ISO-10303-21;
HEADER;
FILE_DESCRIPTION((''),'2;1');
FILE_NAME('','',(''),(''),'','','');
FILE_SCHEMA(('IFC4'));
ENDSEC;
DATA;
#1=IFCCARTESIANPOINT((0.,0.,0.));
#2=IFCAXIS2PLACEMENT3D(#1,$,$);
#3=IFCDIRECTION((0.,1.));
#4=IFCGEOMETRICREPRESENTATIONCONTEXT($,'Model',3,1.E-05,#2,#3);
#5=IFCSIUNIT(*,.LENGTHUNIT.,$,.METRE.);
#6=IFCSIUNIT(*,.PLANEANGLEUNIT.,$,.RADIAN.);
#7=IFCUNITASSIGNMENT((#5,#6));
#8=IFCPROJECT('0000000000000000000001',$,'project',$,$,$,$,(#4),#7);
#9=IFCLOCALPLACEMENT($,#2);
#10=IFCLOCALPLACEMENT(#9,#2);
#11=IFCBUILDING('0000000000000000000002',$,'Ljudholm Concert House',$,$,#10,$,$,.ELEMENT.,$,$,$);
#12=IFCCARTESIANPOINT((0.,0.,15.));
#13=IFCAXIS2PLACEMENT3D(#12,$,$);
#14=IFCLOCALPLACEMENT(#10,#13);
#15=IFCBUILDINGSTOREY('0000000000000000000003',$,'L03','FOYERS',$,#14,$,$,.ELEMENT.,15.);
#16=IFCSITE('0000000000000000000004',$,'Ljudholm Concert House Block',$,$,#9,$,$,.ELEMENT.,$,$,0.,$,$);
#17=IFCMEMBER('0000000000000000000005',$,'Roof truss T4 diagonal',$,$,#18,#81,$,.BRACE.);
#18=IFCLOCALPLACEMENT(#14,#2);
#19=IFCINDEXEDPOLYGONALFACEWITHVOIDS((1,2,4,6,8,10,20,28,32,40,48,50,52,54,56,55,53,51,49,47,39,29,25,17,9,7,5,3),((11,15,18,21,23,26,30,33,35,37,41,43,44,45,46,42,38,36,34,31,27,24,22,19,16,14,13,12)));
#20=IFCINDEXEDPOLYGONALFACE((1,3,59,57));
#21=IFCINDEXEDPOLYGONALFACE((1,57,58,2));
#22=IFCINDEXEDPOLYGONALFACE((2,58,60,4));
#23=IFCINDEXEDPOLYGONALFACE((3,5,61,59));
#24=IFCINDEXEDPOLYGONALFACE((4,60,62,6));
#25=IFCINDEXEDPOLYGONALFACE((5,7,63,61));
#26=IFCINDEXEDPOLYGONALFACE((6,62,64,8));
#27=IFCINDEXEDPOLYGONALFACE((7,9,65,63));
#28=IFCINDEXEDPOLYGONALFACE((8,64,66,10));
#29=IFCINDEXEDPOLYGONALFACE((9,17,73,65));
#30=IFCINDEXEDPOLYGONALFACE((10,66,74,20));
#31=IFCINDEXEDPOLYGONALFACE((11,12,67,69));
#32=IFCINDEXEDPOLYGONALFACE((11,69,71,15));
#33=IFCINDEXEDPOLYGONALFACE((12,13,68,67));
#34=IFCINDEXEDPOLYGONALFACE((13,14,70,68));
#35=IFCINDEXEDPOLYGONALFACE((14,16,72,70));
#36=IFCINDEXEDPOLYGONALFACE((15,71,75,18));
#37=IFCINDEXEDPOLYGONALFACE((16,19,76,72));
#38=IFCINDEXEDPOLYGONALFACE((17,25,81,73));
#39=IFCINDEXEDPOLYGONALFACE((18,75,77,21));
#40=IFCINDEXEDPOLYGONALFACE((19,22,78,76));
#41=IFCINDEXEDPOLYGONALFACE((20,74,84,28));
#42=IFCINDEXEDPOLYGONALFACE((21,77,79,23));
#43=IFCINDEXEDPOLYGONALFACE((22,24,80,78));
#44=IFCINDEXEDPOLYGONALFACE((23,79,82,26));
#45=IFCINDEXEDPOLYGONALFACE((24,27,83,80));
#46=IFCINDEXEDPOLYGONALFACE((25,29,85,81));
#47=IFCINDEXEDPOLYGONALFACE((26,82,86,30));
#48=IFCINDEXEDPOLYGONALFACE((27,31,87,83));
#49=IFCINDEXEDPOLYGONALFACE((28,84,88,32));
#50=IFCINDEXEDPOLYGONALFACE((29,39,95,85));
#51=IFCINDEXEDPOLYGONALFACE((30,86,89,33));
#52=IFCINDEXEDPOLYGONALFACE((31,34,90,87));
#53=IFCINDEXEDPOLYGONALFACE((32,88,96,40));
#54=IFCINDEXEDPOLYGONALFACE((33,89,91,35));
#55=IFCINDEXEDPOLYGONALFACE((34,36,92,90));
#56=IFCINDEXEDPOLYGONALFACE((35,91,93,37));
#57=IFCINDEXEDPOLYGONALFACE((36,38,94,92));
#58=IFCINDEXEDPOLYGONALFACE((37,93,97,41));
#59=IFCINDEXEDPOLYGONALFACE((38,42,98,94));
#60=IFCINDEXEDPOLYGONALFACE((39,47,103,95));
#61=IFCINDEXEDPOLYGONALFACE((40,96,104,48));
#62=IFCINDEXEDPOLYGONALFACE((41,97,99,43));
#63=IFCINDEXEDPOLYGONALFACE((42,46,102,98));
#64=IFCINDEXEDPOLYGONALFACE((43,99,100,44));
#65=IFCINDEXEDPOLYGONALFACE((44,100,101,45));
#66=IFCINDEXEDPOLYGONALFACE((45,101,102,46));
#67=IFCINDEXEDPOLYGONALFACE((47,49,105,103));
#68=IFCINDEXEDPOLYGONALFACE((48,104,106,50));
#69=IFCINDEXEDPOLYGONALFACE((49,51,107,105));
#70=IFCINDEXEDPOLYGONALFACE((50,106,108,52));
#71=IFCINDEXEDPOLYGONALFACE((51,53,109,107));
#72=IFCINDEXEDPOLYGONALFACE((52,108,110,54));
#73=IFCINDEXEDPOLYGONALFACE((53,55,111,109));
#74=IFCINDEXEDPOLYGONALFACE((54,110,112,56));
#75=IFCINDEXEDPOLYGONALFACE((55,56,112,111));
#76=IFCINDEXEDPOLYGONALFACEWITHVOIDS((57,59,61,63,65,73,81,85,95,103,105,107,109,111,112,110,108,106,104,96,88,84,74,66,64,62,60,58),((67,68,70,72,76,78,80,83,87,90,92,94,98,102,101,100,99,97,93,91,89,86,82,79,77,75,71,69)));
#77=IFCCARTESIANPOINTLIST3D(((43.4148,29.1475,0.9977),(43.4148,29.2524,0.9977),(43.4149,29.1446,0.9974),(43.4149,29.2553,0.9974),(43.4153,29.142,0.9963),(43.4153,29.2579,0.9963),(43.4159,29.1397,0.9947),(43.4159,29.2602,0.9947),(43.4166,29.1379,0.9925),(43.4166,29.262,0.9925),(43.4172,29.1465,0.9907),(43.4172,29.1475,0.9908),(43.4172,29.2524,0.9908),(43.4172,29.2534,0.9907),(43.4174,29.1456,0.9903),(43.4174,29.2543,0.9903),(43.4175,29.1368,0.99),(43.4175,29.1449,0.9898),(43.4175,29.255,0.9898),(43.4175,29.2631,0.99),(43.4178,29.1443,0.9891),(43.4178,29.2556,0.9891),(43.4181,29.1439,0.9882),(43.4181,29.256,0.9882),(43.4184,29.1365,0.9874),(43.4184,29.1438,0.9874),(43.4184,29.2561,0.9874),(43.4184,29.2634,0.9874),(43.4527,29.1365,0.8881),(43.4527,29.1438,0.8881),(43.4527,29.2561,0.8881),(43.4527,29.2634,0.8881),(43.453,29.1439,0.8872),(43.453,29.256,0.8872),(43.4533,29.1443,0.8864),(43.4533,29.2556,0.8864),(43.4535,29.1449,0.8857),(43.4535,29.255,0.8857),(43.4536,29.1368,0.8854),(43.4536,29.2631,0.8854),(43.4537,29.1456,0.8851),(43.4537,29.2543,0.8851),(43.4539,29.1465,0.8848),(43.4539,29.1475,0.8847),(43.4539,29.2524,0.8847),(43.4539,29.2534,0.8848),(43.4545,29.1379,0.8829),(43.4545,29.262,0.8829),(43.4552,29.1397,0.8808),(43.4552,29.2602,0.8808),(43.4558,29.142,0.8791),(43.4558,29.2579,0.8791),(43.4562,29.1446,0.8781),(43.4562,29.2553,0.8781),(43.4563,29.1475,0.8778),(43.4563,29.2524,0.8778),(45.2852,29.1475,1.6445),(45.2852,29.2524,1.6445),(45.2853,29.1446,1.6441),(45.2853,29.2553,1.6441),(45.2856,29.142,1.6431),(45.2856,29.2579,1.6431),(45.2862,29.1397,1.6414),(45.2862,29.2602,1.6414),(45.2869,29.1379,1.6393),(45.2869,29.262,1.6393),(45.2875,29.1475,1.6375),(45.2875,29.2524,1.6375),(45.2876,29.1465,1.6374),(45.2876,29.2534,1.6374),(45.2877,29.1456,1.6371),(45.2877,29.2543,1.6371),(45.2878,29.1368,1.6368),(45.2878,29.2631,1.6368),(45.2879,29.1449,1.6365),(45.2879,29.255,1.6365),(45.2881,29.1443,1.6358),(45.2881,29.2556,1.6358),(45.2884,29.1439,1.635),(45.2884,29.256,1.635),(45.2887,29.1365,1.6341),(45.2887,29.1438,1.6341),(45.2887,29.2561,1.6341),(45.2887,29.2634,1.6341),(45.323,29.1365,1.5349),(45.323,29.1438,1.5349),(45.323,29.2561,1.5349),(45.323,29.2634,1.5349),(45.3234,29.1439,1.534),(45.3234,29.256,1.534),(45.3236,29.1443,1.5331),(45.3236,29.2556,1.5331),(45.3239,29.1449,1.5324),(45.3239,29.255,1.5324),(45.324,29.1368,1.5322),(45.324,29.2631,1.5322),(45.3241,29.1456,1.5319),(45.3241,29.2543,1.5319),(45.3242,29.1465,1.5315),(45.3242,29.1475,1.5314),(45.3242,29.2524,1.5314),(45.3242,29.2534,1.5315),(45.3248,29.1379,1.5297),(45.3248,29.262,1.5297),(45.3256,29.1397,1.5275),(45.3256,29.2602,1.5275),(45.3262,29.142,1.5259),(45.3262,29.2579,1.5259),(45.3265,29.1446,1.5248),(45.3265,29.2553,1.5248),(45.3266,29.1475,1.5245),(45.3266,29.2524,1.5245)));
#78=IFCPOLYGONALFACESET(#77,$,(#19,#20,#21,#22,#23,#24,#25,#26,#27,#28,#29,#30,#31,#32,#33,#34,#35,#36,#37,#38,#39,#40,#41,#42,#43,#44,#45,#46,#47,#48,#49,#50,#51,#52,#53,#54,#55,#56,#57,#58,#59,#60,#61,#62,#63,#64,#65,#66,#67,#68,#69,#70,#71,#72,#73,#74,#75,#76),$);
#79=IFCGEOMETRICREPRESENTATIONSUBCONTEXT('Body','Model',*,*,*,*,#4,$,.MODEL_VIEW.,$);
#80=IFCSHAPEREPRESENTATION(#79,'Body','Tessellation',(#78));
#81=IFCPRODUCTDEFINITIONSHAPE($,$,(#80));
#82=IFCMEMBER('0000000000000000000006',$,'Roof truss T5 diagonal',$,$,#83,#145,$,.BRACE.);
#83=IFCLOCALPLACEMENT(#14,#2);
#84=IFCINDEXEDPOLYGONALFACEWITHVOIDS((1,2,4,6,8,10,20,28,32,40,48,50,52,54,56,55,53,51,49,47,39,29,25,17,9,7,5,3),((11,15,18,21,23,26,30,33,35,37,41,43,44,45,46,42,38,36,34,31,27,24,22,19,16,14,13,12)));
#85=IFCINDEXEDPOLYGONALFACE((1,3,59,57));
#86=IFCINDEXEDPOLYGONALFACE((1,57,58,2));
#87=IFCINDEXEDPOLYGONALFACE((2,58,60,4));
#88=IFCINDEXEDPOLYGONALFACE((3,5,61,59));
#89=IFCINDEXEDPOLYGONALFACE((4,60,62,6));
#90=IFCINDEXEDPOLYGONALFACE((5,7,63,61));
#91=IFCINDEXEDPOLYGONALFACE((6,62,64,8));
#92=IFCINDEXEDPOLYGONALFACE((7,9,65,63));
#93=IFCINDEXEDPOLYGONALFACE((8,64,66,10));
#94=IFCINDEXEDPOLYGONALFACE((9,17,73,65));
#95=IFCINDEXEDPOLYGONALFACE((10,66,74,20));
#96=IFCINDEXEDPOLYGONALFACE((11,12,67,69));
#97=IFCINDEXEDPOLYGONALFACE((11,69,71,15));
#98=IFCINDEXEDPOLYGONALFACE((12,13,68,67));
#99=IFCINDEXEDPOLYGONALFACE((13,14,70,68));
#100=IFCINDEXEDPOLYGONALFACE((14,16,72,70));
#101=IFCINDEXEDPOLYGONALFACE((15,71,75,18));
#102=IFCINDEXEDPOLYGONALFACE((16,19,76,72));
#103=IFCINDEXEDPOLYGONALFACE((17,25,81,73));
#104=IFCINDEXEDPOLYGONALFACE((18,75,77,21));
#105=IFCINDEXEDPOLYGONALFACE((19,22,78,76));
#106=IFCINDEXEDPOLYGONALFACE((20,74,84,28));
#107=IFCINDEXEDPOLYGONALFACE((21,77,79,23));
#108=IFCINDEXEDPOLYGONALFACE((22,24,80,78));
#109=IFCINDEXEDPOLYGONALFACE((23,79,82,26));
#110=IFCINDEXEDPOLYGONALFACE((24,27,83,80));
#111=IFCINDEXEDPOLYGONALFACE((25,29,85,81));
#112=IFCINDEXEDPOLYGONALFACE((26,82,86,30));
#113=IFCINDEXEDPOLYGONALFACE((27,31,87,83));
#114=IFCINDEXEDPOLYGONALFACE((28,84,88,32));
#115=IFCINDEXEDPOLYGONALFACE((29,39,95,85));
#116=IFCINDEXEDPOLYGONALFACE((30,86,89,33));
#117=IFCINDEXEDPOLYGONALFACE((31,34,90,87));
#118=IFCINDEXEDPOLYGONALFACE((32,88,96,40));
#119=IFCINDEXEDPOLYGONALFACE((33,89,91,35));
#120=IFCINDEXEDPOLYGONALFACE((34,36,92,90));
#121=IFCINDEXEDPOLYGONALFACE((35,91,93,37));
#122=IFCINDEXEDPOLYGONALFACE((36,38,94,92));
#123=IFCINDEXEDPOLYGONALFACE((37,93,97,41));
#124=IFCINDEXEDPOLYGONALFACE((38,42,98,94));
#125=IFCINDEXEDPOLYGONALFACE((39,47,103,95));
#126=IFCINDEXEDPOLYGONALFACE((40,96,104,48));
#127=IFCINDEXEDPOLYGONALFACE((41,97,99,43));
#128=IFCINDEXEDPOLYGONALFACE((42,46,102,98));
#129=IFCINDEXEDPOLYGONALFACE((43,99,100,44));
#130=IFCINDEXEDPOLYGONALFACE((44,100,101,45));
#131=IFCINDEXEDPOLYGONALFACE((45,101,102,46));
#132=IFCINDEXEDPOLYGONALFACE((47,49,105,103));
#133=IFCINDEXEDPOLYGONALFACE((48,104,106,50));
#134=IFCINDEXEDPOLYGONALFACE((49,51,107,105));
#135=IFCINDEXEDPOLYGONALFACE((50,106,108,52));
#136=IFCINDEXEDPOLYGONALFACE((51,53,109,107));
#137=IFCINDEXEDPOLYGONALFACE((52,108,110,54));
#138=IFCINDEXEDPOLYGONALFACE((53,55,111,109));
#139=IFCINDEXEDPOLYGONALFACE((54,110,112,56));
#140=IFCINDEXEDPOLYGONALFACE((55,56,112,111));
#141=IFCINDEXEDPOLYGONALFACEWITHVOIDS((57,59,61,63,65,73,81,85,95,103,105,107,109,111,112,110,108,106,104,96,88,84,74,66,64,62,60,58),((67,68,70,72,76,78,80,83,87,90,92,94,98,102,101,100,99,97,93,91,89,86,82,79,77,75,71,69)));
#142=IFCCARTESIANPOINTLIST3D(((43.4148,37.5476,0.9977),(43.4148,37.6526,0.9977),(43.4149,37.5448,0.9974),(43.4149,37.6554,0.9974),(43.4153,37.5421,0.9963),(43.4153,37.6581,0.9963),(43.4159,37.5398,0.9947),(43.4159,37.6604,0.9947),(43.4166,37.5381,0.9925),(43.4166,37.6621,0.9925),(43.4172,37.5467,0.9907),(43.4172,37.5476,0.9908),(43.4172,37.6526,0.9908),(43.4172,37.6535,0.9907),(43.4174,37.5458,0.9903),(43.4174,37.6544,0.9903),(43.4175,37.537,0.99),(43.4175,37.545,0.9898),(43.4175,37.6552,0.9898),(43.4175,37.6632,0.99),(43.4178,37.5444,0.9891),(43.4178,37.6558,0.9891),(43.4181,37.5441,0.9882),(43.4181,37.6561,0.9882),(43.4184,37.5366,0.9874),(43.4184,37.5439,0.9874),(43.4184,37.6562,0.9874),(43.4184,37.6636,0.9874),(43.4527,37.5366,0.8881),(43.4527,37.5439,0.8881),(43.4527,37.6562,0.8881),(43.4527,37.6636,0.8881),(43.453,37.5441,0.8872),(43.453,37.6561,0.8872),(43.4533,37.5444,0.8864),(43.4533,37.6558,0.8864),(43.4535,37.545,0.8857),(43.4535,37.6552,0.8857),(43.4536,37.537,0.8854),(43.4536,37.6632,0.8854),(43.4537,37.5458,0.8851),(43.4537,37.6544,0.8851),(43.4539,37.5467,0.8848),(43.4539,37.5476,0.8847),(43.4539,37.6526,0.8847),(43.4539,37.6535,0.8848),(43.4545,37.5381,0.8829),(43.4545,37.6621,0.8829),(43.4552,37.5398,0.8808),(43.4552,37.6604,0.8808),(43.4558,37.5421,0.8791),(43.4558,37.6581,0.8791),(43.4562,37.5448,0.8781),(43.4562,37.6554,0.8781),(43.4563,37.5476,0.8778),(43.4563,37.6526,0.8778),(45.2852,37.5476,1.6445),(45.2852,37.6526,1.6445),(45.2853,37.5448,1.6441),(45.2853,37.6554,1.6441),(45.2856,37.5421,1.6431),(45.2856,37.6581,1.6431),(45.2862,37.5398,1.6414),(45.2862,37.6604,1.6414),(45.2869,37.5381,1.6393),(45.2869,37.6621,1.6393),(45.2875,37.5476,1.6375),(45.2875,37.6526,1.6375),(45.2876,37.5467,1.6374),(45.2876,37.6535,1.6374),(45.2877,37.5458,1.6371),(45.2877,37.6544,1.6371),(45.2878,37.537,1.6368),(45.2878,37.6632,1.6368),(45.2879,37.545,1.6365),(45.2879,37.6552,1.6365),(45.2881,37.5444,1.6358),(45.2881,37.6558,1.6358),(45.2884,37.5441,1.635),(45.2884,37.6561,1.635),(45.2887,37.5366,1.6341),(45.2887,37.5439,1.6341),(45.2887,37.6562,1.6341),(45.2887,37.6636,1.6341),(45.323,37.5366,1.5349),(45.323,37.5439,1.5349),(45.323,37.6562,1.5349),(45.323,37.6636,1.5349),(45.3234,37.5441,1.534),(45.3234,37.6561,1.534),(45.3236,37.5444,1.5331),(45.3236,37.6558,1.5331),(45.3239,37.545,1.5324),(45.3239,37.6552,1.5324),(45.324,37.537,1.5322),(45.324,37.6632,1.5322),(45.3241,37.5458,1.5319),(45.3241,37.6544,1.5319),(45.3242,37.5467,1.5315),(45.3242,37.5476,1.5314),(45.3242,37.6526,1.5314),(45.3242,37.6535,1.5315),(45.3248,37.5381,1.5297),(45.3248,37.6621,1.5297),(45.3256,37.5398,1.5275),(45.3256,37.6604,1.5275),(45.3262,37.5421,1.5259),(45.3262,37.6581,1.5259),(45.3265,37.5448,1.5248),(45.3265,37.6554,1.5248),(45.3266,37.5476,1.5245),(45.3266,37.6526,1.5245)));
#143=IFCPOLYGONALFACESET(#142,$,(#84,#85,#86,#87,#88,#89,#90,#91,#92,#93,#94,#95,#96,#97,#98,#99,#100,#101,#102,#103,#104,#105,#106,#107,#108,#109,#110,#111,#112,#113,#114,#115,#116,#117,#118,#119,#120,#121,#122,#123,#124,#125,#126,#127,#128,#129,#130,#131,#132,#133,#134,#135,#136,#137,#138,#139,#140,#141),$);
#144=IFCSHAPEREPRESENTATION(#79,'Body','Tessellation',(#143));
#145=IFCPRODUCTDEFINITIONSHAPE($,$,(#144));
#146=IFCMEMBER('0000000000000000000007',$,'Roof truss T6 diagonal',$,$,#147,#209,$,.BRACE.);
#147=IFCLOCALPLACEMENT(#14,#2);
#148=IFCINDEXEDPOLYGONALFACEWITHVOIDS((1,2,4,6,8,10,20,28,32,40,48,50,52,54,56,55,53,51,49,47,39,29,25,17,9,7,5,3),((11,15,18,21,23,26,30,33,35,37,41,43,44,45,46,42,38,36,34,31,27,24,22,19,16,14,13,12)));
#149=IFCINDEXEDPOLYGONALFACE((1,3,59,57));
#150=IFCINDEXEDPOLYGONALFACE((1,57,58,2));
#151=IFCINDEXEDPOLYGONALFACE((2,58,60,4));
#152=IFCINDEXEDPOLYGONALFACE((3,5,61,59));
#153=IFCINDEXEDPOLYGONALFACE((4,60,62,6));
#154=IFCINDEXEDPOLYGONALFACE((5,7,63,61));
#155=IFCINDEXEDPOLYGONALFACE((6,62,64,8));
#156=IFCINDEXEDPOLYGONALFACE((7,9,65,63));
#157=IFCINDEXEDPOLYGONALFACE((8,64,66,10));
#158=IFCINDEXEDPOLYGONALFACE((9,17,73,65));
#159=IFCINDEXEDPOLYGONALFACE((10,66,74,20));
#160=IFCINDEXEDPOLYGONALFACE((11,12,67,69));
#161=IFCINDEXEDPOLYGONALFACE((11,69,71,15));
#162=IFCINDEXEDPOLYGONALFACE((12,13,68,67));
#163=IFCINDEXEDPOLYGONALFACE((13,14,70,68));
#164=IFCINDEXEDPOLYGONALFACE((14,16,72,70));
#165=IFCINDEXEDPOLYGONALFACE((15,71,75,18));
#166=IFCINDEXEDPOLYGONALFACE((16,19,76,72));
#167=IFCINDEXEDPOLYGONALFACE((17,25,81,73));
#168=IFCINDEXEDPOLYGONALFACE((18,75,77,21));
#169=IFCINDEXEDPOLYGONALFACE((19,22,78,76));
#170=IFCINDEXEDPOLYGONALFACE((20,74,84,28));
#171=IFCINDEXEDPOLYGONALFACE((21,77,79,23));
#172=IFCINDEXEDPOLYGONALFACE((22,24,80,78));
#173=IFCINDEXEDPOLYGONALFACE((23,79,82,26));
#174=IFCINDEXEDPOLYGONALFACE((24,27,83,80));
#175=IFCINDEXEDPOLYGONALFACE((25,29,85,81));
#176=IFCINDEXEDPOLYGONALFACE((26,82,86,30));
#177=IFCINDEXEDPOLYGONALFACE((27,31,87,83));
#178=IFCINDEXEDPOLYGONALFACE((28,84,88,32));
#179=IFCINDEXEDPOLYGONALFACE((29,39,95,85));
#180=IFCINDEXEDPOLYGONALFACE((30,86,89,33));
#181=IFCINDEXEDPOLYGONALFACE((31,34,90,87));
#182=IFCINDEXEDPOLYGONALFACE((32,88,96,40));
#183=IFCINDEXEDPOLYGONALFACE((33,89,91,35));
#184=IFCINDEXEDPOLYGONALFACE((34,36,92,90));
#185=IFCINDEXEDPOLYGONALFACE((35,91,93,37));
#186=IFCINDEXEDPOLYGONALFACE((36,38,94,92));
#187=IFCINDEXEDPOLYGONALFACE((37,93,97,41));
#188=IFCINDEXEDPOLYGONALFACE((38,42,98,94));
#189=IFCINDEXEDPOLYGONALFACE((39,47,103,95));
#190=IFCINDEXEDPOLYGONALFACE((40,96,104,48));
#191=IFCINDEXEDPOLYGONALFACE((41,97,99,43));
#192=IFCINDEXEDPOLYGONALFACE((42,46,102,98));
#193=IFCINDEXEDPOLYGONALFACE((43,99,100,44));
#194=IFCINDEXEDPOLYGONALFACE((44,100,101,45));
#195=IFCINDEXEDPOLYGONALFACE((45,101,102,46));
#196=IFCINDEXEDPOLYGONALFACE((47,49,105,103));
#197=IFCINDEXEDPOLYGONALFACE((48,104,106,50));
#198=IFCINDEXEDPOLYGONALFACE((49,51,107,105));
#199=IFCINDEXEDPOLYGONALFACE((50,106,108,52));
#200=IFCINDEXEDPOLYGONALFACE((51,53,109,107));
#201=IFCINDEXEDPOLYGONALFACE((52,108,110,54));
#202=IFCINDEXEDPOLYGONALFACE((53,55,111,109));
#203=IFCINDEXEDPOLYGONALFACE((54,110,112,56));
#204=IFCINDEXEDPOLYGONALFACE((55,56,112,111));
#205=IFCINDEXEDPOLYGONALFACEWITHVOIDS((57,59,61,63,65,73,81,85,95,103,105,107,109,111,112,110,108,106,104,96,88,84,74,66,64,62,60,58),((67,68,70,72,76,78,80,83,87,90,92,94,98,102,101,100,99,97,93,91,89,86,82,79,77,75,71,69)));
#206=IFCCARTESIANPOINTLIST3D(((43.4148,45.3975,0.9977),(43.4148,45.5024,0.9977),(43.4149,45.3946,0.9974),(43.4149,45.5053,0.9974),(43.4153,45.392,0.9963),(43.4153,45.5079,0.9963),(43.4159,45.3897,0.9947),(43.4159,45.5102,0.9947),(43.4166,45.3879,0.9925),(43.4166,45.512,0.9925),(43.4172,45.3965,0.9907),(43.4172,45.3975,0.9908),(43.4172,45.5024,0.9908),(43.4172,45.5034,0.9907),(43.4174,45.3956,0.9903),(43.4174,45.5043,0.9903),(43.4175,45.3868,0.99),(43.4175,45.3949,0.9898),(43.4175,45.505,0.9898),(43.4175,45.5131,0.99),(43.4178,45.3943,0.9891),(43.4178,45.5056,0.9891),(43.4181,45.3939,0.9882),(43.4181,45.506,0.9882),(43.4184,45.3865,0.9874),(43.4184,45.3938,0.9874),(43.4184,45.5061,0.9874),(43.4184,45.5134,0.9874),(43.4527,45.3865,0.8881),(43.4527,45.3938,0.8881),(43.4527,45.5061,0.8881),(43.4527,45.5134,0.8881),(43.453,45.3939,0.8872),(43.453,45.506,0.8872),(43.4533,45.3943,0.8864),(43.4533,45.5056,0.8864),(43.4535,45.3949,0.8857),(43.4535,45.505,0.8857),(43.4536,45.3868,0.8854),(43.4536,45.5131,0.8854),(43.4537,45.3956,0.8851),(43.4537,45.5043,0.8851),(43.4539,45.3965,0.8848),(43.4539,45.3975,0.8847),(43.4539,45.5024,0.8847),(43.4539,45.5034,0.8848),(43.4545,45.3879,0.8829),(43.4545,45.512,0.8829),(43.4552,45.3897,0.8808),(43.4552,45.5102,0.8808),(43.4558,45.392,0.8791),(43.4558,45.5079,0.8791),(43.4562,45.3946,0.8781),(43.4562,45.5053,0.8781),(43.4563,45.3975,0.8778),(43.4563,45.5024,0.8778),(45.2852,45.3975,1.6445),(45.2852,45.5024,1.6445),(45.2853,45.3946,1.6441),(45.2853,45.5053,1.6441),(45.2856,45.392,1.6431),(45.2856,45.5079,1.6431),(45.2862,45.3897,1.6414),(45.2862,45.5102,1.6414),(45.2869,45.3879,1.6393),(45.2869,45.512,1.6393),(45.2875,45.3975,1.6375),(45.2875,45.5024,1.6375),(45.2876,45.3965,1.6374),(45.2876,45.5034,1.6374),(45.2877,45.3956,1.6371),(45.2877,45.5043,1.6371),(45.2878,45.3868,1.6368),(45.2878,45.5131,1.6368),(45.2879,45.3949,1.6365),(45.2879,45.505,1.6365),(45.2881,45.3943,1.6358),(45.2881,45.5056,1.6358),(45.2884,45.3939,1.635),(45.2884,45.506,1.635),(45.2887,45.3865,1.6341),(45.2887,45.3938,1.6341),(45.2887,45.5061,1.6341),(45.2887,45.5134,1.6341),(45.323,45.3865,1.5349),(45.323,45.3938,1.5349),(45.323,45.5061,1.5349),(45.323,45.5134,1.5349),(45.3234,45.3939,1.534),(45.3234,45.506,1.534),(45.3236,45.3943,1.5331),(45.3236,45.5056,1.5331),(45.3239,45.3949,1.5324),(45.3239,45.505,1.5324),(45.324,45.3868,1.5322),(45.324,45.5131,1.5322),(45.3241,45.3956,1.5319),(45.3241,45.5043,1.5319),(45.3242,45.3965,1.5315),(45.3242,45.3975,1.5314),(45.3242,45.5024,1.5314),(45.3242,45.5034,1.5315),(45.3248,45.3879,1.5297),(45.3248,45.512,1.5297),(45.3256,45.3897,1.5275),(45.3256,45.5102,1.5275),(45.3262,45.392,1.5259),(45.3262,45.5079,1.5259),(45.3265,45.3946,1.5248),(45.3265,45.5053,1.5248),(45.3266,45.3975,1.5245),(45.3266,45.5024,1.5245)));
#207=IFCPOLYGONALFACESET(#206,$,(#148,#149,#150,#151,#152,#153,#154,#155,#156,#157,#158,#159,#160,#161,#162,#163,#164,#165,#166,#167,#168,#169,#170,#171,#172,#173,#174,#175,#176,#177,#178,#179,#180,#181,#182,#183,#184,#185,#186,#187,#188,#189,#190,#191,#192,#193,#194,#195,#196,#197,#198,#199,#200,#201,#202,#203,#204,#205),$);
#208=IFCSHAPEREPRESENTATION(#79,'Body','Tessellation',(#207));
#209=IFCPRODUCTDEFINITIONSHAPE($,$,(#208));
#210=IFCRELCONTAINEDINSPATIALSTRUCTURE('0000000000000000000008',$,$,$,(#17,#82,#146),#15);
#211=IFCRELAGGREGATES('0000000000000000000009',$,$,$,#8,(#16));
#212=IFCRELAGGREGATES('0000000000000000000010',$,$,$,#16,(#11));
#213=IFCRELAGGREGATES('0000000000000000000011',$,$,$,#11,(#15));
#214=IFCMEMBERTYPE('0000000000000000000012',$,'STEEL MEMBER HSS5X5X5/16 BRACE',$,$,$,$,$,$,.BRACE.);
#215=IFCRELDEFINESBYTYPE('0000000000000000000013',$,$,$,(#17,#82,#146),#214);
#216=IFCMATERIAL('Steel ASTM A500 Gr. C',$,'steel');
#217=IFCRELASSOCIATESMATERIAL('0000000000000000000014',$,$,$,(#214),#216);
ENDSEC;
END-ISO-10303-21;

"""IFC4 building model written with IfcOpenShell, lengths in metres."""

from ifc_helpers import new_model, si_unit, direction, frame, origin, origin_2d, place, context, subcontext, project, spatial, hollow_rectangle, extrude, material, material_profile, profile_set, type_object, element, save


model = new_model("IFC4")

# Units and contexts
model_context = context("Model", 3, precision=1e-05, world=origin(), true_north=direction((0.0, 1.0)))
body_context = subcontext(model_context, "Body", "Model", "MODEL_VIEW")
ifc_project = project(units=[si_unit("LENGTHUNIT", "METRE"), si_unit("PLANEANGLEUNIT", "RADIAN")], contexts=[model_context])

# Site, building, storey
site_placement = place(None, origin())
site = spatial("IfcSite", under=ifc_project, at=site_placement, Name="Ljudholm Concert House Block", CompositionType="ELEMENT", RefElevation=0.0)
building_placement = place(site_placement, origin())
building = spatial("IfcBuilding", under=site, at=building_placement, Name="Ljudholm Concert House", CompositionType="ELEMENT")
storey_placement = place(building_placement, frame((0.0, 0.0, 15.0)))
storey = spatial("IfcBuildingStorey", under=building, at=storey_placement, Name="L03", Description="FOYERS", CompositionType="ELEMENT", Elevation=15.0)

# Members
ifc_material_1 = material(Name="Steel ASTM A500 Gr. C", Category="steel")
ifc_material_profile_1 = material_profile(ifc_material_1, hollow_rectangle(XDim=0.127, YDim=0.127, WallThickness=0.0073, InnerFilletRadius=0.0037, OuterFilletRadius=0.011, at=origin_2d()), Name="HSS5X5X5/16")
ifc_profile_set_1 = profile_set([ifc_material_profile_1], Name="Steel ASTM A500 Gr. C")
member_type_1 = type_object("IfcMemberType", Name="STEEL MEMBER HSS5X5X5/16 BRACE", PredefinedType="BRACE", material=ifc_profile_set_1)
for number, where, z_axis, x_axis, name in (
    (1, (43.4355, 29.2, 0.9377), (0.945096, 0.0, 0.326793), (0.0, 1.0, 0.0), "Roof truss T4 diagonal"),
    (2, (43.4355, 37.6001, 0.9377), (0.945096, 0.0, 0.326793), (0.0, 1.0, 0.0), "Roof truss T5 diagonal"),
    (3, (43.4355, 45.45, 0.9377), (0.945096, 0.0, 0.326793), (0.0, 1.0, 0.0), "Roof truss T6 diagonal"),
):
    element("IfcMember", number, at=place(storey_placement, frame(where, z_axis=z_axis, x_axis=x_axis)), inside=storey, type_object=member_type_1, Name=name, PredefinedType="BRACE", context=body_context, shape_type="SweptSolid", body=[
        extrude(hollow_rectangle(XDim=0.127, YDim=0.127, WallThickness=0.0073, InnerFilletRadius=0.0037, OuterFilletRadius=0.011, at=origin_2d()), origin(), (0.0, 0.0, 1.0), 1.979),
    ])

save(model, "model.ifc")
